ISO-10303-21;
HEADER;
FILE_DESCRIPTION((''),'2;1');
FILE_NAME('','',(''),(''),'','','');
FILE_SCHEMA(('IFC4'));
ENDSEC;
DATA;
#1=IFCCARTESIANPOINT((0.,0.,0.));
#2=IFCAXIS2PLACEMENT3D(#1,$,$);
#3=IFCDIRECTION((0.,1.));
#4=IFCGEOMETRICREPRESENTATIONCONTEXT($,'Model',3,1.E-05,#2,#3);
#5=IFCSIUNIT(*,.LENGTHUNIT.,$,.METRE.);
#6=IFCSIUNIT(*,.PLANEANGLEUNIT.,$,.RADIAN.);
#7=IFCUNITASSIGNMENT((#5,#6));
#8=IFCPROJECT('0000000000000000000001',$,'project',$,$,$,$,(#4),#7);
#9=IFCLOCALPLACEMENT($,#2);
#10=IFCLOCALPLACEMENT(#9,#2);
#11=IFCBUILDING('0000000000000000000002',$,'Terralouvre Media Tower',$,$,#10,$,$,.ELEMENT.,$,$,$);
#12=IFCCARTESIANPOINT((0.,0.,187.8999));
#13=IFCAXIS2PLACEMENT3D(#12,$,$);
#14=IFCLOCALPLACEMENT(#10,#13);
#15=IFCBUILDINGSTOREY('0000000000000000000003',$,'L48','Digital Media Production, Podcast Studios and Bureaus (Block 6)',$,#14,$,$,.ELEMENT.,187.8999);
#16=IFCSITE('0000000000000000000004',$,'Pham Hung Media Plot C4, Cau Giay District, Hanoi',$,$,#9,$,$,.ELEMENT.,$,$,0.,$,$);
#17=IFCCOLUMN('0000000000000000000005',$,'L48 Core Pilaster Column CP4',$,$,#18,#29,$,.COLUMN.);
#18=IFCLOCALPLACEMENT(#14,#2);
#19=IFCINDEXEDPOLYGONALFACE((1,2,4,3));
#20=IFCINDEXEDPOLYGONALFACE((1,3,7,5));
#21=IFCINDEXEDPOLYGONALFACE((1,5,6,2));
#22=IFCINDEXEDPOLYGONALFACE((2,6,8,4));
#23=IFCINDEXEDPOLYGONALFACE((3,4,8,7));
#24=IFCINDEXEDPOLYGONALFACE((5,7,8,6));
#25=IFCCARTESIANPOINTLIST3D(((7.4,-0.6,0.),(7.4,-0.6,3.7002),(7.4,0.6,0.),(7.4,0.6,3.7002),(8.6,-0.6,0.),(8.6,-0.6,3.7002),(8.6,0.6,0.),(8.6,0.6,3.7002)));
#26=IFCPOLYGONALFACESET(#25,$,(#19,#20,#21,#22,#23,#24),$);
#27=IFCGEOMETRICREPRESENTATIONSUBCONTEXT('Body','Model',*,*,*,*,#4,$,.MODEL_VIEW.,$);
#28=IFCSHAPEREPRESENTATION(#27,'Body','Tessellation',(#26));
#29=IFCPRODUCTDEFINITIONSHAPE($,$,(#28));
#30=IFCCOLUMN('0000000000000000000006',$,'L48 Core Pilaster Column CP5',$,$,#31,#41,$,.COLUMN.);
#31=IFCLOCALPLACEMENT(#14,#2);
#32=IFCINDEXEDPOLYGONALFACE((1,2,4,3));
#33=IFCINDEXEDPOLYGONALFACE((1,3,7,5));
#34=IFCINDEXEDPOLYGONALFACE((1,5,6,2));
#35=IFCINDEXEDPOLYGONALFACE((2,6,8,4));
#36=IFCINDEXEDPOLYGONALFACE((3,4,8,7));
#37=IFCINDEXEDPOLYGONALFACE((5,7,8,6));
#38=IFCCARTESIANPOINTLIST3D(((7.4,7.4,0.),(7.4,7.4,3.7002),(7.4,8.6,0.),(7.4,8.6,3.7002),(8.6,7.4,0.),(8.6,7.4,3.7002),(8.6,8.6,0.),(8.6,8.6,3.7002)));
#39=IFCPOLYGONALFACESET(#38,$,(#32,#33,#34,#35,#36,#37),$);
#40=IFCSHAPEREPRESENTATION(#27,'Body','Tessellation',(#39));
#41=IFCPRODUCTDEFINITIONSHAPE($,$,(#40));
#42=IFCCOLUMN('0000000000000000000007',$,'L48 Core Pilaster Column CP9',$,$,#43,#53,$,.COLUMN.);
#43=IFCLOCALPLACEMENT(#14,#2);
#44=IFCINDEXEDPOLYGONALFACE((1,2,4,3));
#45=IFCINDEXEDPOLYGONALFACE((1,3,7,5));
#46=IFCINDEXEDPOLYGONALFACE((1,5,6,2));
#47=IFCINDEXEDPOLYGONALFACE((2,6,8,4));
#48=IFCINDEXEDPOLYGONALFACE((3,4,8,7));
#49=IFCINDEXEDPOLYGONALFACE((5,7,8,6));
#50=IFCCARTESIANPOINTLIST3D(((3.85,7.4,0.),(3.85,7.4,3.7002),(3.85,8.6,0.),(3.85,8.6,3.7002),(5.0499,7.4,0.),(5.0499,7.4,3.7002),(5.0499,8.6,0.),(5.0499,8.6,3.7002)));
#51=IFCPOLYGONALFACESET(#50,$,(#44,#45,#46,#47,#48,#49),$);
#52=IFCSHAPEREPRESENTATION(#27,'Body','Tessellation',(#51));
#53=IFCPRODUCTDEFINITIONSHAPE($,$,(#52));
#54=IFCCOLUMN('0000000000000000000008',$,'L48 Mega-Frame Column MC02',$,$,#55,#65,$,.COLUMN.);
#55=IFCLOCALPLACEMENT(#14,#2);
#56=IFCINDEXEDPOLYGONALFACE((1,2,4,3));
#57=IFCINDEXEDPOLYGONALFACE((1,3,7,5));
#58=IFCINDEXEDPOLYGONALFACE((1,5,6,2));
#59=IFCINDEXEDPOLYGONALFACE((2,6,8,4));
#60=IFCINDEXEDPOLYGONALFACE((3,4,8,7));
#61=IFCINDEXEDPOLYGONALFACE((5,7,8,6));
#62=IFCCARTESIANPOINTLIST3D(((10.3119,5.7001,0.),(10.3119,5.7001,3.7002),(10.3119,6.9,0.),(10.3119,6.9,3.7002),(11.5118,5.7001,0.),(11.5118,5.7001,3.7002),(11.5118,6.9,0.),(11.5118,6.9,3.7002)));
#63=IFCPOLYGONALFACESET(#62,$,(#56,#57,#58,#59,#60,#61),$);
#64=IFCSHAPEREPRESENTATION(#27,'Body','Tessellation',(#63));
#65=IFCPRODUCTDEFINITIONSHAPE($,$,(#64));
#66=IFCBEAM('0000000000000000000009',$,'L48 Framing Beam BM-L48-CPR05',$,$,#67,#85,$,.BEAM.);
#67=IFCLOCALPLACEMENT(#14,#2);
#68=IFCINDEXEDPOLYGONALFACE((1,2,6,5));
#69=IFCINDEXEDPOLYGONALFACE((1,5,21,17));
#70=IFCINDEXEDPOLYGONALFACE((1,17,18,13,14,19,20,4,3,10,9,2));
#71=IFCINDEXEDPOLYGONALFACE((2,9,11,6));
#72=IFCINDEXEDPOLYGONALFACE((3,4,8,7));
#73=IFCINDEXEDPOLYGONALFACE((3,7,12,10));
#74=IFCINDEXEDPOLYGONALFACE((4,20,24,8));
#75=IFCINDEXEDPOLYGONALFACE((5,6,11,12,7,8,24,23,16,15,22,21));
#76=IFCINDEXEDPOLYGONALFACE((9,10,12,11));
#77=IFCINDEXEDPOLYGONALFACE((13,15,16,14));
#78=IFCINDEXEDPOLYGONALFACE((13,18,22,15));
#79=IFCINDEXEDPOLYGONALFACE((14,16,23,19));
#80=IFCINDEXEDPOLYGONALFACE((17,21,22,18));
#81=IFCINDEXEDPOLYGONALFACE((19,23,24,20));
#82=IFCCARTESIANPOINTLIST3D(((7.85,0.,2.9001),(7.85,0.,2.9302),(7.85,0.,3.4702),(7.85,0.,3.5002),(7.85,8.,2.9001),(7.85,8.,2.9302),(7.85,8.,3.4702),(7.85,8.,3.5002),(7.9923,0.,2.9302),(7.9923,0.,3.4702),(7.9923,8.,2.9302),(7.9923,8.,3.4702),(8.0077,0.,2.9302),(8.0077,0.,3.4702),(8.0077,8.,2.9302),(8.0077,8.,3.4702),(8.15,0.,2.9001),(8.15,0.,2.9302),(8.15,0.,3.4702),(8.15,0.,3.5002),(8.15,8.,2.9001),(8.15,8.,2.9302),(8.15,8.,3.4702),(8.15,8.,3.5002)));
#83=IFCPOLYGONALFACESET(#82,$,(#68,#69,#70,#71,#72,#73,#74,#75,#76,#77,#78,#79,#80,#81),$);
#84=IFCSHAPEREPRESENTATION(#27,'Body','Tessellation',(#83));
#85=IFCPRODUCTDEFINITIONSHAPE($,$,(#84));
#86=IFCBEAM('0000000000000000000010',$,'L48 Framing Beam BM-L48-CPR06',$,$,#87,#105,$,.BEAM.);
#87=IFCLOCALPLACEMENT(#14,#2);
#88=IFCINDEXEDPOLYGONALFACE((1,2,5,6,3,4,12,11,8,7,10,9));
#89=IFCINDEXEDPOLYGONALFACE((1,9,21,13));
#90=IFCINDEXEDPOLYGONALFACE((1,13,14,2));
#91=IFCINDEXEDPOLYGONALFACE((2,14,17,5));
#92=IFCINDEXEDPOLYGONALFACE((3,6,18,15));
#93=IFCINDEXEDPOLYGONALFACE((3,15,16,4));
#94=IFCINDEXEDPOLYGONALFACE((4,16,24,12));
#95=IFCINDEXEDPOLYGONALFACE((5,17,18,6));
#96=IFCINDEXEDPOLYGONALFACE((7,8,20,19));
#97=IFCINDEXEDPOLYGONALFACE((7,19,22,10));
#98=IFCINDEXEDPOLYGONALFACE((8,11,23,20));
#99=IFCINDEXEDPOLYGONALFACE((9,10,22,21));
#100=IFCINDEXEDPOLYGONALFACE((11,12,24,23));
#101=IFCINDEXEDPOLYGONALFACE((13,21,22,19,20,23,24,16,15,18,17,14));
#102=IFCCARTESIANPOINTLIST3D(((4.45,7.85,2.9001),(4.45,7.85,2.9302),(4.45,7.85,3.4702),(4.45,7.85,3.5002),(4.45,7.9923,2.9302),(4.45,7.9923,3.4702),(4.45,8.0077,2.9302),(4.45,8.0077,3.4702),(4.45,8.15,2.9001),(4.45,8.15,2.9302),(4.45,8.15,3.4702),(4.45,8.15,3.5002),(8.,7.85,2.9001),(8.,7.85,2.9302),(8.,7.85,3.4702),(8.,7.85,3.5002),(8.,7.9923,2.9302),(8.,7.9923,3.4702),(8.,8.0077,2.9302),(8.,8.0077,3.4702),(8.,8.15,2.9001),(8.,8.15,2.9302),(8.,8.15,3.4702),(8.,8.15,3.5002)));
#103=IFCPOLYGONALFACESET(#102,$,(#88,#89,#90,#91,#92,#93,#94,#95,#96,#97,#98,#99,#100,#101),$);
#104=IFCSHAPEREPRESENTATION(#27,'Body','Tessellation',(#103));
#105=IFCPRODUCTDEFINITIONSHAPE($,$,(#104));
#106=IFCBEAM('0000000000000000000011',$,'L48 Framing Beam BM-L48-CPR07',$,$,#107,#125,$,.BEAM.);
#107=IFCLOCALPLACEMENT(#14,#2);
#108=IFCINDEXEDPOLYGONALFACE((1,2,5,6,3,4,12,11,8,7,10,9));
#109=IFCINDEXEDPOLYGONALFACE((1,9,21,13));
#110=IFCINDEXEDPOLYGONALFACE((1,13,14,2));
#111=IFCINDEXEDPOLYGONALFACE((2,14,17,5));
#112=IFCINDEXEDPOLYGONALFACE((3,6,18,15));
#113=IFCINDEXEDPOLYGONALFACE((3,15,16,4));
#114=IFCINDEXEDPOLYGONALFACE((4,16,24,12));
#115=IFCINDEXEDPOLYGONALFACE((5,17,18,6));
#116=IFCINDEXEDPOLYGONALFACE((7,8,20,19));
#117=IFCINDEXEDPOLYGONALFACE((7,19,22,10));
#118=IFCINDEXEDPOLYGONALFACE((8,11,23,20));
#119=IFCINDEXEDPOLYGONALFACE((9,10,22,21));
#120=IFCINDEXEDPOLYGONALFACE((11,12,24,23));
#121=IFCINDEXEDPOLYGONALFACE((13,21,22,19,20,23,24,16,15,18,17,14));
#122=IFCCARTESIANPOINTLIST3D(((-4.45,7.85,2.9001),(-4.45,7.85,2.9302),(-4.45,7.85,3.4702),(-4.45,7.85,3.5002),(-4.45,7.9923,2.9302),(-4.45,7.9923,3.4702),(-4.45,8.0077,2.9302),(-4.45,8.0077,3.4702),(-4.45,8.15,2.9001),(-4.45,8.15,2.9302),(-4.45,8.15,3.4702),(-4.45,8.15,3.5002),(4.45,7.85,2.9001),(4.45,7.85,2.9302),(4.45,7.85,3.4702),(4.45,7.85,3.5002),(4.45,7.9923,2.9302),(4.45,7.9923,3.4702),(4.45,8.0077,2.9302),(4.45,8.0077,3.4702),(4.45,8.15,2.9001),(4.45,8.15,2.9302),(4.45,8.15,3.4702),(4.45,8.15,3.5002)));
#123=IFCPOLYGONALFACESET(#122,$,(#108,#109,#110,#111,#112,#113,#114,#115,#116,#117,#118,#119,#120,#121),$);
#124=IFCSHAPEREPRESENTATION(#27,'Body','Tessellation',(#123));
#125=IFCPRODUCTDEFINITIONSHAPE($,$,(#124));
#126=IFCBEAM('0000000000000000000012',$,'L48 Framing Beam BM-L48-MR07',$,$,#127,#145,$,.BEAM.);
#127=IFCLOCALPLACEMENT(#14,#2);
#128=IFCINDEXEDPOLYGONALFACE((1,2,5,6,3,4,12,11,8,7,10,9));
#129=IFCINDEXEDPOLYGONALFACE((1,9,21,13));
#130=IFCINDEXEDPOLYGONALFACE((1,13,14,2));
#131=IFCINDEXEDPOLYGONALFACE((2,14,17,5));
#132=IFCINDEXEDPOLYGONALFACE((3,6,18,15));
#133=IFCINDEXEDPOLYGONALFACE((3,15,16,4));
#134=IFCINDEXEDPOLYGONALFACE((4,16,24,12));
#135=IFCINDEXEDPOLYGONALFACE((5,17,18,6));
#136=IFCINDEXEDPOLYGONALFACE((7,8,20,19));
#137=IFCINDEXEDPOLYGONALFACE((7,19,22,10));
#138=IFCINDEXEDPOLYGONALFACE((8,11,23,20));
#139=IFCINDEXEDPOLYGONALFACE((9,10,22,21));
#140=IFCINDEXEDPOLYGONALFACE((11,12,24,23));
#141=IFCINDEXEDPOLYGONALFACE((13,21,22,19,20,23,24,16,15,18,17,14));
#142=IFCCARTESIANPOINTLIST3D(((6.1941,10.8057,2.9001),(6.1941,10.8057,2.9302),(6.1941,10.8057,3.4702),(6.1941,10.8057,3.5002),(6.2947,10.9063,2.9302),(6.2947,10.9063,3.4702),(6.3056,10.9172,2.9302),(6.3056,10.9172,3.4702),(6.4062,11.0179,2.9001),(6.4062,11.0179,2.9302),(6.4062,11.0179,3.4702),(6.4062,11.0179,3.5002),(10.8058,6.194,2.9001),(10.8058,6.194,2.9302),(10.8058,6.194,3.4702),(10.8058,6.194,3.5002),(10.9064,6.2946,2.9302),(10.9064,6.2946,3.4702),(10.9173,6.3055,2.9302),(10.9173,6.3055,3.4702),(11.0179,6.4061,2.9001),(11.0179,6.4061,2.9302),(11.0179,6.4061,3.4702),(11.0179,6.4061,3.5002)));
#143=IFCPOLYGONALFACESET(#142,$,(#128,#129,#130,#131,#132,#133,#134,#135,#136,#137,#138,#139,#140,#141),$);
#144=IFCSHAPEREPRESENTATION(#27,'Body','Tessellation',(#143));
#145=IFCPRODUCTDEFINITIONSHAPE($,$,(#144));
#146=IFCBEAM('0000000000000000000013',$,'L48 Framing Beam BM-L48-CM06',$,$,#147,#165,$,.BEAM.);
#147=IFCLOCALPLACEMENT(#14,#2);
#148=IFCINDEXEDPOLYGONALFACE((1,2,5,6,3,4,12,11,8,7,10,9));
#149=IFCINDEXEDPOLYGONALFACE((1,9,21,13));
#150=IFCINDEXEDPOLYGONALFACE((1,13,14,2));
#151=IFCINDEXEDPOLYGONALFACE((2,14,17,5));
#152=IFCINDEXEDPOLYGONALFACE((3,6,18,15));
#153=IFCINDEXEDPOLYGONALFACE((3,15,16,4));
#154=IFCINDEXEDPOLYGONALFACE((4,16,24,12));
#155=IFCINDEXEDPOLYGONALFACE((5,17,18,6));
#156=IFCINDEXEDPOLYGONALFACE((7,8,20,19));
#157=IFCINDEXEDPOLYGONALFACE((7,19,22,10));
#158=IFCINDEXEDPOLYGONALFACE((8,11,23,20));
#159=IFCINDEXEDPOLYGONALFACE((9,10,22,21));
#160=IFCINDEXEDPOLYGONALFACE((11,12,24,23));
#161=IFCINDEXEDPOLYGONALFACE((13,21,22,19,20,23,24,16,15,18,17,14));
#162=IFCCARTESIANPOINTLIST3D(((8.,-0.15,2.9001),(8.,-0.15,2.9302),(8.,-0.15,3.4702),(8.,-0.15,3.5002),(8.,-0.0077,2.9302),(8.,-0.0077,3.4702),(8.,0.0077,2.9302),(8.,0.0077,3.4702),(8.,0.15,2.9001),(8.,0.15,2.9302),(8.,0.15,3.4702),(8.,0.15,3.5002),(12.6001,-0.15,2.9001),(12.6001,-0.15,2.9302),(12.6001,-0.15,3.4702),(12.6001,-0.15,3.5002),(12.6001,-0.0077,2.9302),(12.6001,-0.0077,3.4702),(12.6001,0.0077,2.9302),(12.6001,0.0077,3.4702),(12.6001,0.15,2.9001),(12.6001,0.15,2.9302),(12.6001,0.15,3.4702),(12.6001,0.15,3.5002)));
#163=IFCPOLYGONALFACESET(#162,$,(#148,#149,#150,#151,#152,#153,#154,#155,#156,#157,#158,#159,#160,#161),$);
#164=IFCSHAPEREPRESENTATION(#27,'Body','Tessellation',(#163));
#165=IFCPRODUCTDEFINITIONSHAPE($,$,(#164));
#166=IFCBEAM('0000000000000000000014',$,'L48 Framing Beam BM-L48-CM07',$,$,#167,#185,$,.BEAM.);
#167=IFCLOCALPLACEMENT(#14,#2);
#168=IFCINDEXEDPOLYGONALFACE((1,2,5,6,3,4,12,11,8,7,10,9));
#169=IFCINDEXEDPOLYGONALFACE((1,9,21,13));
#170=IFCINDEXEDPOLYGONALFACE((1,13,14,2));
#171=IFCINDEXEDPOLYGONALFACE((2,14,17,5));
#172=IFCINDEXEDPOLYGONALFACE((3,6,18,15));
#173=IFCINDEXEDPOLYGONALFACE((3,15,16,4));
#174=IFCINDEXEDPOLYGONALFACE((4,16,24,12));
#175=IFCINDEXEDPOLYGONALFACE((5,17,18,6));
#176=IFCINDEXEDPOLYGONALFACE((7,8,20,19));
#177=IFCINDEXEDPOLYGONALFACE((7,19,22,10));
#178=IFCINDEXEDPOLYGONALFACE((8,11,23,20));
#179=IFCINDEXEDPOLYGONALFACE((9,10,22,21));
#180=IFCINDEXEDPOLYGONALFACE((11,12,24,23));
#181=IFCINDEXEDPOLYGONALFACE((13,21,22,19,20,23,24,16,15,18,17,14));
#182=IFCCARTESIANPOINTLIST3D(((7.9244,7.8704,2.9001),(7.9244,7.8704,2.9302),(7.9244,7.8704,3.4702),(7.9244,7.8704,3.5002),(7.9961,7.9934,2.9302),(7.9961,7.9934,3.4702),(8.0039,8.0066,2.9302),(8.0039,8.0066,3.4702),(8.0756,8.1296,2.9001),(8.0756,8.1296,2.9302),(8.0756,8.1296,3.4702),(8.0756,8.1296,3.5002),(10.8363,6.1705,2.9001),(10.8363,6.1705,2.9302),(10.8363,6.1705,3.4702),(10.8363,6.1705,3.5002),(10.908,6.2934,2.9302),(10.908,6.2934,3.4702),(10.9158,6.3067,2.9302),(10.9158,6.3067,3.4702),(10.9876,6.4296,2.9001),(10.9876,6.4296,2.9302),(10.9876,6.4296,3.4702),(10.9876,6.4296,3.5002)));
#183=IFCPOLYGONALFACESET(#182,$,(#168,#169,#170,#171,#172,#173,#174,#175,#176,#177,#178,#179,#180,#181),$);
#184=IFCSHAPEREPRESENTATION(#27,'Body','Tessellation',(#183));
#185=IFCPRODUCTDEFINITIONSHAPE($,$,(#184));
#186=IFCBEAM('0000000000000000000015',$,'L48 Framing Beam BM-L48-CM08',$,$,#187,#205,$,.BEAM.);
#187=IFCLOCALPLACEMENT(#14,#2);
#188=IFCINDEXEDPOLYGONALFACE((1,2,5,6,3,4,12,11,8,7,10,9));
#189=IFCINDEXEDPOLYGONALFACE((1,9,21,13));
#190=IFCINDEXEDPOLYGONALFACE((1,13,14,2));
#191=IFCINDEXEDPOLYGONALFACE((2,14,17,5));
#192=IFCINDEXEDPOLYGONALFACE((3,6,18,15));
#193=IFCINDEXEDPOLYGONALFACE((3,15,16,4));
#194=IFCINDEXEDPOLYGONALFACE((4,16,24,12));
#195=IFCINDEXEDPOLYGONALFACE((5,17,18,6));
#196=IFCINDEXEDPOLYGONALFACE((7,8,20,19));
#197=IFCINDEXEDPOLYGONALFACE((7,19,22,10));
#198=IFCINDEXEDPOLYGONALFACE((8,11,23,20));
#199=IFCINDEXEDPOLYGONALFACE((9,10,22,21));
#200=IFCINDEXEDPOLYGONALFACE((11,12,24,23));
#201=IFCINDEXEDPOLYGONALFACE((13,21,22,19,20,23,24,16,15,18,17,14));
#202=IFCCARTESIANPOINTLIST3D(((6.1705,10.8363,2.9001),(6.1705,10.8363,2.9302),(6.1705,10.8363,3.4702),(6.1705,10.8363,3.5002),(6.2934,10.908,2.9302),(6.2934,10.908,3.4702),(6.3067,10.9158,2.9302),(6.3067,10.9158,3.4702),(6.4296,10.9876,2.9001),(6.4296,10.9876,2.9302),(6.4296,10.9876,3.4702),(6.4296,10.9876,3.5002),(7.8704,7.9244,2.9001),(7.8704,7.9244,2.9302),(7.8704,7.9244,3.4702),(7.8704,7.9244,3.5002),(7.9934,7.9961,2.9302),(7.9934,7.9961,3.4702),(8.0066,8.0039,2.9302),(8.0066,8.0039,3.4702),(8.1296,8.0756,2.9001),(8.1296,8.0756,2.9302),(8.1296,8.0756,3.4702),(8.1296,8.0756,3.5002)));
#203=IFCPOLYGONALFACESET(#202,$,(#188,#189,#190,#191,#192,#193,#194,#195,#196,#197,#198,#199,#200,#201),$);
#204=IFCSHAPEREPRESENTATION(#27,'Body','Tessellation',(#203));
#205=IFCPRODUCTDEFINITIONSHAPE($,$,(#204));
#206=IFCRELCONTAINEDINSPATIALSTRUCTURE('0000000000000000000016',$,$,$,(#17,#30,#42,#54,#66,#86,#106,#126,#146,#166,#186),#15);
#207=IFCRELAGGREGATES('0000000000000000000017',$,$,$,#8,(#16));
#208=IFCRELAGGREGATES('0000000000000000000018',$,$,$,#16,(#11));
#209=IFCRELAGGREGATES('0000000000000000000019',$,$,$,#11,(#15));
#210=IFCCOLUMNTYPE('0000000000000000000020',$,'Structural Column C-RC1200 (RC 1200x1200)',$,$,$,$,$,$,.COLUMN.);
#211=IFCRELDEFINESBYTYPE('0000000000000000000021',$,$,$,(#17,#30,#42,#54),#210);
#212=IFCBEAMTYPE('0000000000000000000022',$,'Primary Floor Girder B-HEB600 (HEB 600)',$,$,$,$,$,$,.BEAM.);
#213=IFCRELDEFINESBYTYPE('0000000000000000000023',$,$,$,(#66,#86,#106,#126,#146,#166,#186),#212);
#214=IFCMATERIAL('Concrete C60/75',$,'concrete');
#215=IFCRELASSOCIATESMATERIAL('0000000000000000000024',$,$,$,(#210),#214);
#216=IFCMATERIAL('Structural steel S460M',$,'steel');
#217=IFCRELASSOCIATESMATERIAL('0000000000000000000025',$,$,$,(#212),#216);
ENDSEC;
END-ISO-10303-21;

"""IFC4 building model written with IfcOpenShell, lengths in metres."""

from ifc_helpers import new_model, si_unit, direction, frame, origin, origin_2d, place, context, subcontext, project, spatial, rectangle, i_section, extrude, material, material_profile, profile_set, type_object, element, save


model = new_model("IFC4")

# Units and contexts
model_context = context("Model", 3, precision=1e-05, world=origin(), true_north=direction((0.0, 1.0)))
body_context = subcontext(model_context, "Body", "Model", "MODEL_VIEW")
ifc_project = project(units=[si_unit("LENGTHUNIT", "METRE"), si_unit("PLANEANGLEUNIT", "RADIAN")], contexts=[model_context])

# Site, building, storey
site_placement = place(None, origin())
site = spatial("IfcSite", under=ifc_project, at=site_placement, Name="Pham Hung Media Plot C4, Cau Giay District, Hanoi", CompositionType="ELEMENT", RefElevation=0.0)
building_placement = place(site_placement, origin())
building = spatial("IfcBuilding", under=site, at=building_placement, Name="Terralouvre Media Tower", CompositionType="ELEMENT")
storey_placement = place(building_placement, frame((0.0, 0.0, 187.8999)))
storey = spatial("IfcBuildingStorey", under=building, at=storey_placement, Name="L48", Description="Digital Media Production, Podcast Studios and Bureaus (Block 6)", CompositionType="ELEMENT", Elevation=187.8999)

# Columns
ifc_material_1 = material(Name="Concrete C60/75", Category="concrete")
ifc_material_profile_1 = material_profile(ifc_material_1, rectangle(XDim=1.2, YDim=1.2, at=origin_2d()), Name="RC 1200x1200")
ifc_profile_set_1 = profile_set([ifc_material_profile_1], Name="Concrete C60/75")
column_type = type_object("IfcColumnType", Name="Structural Column C-RC1200 (RC 1200x1200)", PredefinedType="COLUMN", material=ifc_profile_set_1)
for number, where, z_axis, x_axis, name in (
    (1, (8.0, 0.0, 0.0), (0.0, 0.0, 1.0), (1.0, 0.0, 0.0), "L48 Core Pilaster Column CP4"),
    (2, (8.0, 8.0, 0.0), (0.0, 0.0, 1.0), (1.0, 0.0, 0.0), "L48 Core Pilaster Column CP5"),
    (3, (4.45, 8.0, 0.0), (0.0, 0.0, 1.0), (1.0, 0.0, 0.0), "L48 Core Pilaster Column CP9"),
    (4, (10.9119, 6.3, 0.0), (0.0, 0.0, 1.0), (1.0, 0.0, 0.0), "L48 Mega-Frame Column MC02"),
):
    element("IfcColumn", number, at=place(storey_placement, frame(where, z_axis=z_axis, x_axis=x_axis)), inside=storey, type_object=column_type, Name=name, PredefinedType="COLUMN", context=body_context, shape_type="SweptSolid", body=[
        extrude(rectangle(XDim=1.2, YDim=1.2, at=origin_2d()), origin(), (0.0, 0.0, 1.0), 3.7002),
    ])

# Beams
ifc_material_2 = material(Name="Structural steel S460M", Category="steel")
ifc_material_profile_2 = material_profile(ifc_material_2, i_section(OverallWidth=0.3, OverallDepth=0.6001, WebThickness=0.0154, FlangeThickness=0.03, at=origin_2d()), Name="HEB 600")
ifc_profile_set_2 = profile_set([ifc_material_profile_2], Name="Structural steel S460M")
beam_type = type_object("IfcBeamType", Name="Primary Floor Girder B-HEB600 (HEB 600)", PredefinedType="BEAM", material=ifc_profile_set_2)
beam_1_placement = place(storey_placement, frame((8.0, 0.0, 3.2002), z_axis=(0.0, 1.0, 0.0), x_axis=(-1.0, 0.0, 0.0)))
element("IfcBeam", 5, at=beam_1_placement, inside=storey, type_object=beam_type, Name="L48 Framing Beam BM-L48-CPR05", PredefinedType="BEAM", context=body_context, shape_type="SweptSolid", body=[
    extrude(i_section(OverallWidth=0.3, OverallDepth=0.6001, WebThickness=0.0154, FlangeThickness=0.03, at=origin_2d()), origin(), (0.0, 0.0, 1.0), 8.0),
])
beam_2_placement = place(storey_placement, frame((8.0, 8.0, 3.2002), z_axis=(-1.0, 0.0, 0.0), x_axis=(0.0, -1.0, 0.0)))
element("IfcBeam", 6, at=beam_2_placement, inside=storey, type_object=beam_type, Name="L48 Framing Beam BM-L48-CPR06", PredefinedType="BEAM", context=body_context, shape_type="SweptSolid", body=[
    extrude(i_section(OverallWidth=0.3, OverallDepth=0.6001, WebThickness=0.0154, FlangeThickness=0.03, at=origin_2d()), origin(), (0.0, 0.0, 1.0), 3.55),
])
beam_3_placement = place(storey_placement, frame((4.45, 8.0, 3.2002), z_axis=(-1.0, 0.0, 0.0), x_axis=(0.0, -1.0, 0.0)))
element("IfcBeam", 7, at=beam_3_placement, inside=storey, type_object=beam_type, Name="L48 Framing Beam BM-L48-CPR07", PredefinedType="BEAM", context=body_context, shape_type="SweptSolid", body=[
    extrude(i_section(OverallWidth=0.3, OverallDepth=0.6001, WebThickness=0.0154, FlangeThickness=0.03, at=origin_2d()), origin(), (0.0, 0.0, 1.0), 8.8999),
])
beam_4_placement = place(storey_placement, frame((10.9119, 6.3, 3.2002), z_axis=(-0.707107, 0.707107, 0.0), x_axis=(-0.707107, -0.707107, 0.0)))
element("IfcBeam", 8, at=beam_4_placement, inside=storey, type_object=beam_type, Name="L48 Framing Beam BM-L48-MR07", PredefinedType="BEAM", context=body_context, shape_type="SweptSolid", body=[
    extrude(i_section(OverallWidth=0.3, OverallDepth=0.6001, WebThickness=0.0154, FlangeThickness=0.03, at=origin_2d()), origin(), (0.0, 0.0, 1.0), 6.522),
])
beam_5_placement = place(storey_placement, frame((8.0, 0.0, 3.2002), z_axis=(1.0, 0.0, 0.0), x_axis=(0.0, 1.0, 0.0)))
element("IfcBeam", 9, at=beam_5_placement, inside=storey, type_object=beam_type, Name="L48 Framing Beam BM-L48-CM06", PredefinedType="BEAM", context=body_context, shape_type="SweptSolid", body=[
    extrude(i_section(OverallWidth=0.3, OverallDepth=0.6001, WebThickness=0.0154, FlangeThickness=0.03, at=origin_2d()), origin(), (0.0, 0.0, 1.0), 4.6001),
])
for number, where, z_axis, x_axis, name in (
    (10, (8.0, 8.0, 3.2002), (0.863603, -0.504173, 0.0), (0.504173, 0.863603, 0.0), "L48 Framing Beam BM-L48-CM07"),
    (11, (8.0, 8.0, 3.2002), (-0.504173, 0.863603, 0.0), (-0.863603, -0.504173, 0.0), "L48 Framing Beam BM-L48-CM08"),
):
    element("IfcBeam", number, at=place(storey_placement, frame(where, z_axis=z_axis, x_axis=x_axis)), inside=storey, type_object=beam_type, Name=name, PredefinedType="BEAM", context=body_context, shape_type="SweptSolid", body=[
        extrude(i_section(OverallWidth=0.3, OverallDepth=0.6001, WebThickness=0.0154, FlangeThickness=0.03, at=origin_2d()), origin(), (0.0, 0.0, 1.0), 3.3718),
    ])

save(model, "model.ifc")
